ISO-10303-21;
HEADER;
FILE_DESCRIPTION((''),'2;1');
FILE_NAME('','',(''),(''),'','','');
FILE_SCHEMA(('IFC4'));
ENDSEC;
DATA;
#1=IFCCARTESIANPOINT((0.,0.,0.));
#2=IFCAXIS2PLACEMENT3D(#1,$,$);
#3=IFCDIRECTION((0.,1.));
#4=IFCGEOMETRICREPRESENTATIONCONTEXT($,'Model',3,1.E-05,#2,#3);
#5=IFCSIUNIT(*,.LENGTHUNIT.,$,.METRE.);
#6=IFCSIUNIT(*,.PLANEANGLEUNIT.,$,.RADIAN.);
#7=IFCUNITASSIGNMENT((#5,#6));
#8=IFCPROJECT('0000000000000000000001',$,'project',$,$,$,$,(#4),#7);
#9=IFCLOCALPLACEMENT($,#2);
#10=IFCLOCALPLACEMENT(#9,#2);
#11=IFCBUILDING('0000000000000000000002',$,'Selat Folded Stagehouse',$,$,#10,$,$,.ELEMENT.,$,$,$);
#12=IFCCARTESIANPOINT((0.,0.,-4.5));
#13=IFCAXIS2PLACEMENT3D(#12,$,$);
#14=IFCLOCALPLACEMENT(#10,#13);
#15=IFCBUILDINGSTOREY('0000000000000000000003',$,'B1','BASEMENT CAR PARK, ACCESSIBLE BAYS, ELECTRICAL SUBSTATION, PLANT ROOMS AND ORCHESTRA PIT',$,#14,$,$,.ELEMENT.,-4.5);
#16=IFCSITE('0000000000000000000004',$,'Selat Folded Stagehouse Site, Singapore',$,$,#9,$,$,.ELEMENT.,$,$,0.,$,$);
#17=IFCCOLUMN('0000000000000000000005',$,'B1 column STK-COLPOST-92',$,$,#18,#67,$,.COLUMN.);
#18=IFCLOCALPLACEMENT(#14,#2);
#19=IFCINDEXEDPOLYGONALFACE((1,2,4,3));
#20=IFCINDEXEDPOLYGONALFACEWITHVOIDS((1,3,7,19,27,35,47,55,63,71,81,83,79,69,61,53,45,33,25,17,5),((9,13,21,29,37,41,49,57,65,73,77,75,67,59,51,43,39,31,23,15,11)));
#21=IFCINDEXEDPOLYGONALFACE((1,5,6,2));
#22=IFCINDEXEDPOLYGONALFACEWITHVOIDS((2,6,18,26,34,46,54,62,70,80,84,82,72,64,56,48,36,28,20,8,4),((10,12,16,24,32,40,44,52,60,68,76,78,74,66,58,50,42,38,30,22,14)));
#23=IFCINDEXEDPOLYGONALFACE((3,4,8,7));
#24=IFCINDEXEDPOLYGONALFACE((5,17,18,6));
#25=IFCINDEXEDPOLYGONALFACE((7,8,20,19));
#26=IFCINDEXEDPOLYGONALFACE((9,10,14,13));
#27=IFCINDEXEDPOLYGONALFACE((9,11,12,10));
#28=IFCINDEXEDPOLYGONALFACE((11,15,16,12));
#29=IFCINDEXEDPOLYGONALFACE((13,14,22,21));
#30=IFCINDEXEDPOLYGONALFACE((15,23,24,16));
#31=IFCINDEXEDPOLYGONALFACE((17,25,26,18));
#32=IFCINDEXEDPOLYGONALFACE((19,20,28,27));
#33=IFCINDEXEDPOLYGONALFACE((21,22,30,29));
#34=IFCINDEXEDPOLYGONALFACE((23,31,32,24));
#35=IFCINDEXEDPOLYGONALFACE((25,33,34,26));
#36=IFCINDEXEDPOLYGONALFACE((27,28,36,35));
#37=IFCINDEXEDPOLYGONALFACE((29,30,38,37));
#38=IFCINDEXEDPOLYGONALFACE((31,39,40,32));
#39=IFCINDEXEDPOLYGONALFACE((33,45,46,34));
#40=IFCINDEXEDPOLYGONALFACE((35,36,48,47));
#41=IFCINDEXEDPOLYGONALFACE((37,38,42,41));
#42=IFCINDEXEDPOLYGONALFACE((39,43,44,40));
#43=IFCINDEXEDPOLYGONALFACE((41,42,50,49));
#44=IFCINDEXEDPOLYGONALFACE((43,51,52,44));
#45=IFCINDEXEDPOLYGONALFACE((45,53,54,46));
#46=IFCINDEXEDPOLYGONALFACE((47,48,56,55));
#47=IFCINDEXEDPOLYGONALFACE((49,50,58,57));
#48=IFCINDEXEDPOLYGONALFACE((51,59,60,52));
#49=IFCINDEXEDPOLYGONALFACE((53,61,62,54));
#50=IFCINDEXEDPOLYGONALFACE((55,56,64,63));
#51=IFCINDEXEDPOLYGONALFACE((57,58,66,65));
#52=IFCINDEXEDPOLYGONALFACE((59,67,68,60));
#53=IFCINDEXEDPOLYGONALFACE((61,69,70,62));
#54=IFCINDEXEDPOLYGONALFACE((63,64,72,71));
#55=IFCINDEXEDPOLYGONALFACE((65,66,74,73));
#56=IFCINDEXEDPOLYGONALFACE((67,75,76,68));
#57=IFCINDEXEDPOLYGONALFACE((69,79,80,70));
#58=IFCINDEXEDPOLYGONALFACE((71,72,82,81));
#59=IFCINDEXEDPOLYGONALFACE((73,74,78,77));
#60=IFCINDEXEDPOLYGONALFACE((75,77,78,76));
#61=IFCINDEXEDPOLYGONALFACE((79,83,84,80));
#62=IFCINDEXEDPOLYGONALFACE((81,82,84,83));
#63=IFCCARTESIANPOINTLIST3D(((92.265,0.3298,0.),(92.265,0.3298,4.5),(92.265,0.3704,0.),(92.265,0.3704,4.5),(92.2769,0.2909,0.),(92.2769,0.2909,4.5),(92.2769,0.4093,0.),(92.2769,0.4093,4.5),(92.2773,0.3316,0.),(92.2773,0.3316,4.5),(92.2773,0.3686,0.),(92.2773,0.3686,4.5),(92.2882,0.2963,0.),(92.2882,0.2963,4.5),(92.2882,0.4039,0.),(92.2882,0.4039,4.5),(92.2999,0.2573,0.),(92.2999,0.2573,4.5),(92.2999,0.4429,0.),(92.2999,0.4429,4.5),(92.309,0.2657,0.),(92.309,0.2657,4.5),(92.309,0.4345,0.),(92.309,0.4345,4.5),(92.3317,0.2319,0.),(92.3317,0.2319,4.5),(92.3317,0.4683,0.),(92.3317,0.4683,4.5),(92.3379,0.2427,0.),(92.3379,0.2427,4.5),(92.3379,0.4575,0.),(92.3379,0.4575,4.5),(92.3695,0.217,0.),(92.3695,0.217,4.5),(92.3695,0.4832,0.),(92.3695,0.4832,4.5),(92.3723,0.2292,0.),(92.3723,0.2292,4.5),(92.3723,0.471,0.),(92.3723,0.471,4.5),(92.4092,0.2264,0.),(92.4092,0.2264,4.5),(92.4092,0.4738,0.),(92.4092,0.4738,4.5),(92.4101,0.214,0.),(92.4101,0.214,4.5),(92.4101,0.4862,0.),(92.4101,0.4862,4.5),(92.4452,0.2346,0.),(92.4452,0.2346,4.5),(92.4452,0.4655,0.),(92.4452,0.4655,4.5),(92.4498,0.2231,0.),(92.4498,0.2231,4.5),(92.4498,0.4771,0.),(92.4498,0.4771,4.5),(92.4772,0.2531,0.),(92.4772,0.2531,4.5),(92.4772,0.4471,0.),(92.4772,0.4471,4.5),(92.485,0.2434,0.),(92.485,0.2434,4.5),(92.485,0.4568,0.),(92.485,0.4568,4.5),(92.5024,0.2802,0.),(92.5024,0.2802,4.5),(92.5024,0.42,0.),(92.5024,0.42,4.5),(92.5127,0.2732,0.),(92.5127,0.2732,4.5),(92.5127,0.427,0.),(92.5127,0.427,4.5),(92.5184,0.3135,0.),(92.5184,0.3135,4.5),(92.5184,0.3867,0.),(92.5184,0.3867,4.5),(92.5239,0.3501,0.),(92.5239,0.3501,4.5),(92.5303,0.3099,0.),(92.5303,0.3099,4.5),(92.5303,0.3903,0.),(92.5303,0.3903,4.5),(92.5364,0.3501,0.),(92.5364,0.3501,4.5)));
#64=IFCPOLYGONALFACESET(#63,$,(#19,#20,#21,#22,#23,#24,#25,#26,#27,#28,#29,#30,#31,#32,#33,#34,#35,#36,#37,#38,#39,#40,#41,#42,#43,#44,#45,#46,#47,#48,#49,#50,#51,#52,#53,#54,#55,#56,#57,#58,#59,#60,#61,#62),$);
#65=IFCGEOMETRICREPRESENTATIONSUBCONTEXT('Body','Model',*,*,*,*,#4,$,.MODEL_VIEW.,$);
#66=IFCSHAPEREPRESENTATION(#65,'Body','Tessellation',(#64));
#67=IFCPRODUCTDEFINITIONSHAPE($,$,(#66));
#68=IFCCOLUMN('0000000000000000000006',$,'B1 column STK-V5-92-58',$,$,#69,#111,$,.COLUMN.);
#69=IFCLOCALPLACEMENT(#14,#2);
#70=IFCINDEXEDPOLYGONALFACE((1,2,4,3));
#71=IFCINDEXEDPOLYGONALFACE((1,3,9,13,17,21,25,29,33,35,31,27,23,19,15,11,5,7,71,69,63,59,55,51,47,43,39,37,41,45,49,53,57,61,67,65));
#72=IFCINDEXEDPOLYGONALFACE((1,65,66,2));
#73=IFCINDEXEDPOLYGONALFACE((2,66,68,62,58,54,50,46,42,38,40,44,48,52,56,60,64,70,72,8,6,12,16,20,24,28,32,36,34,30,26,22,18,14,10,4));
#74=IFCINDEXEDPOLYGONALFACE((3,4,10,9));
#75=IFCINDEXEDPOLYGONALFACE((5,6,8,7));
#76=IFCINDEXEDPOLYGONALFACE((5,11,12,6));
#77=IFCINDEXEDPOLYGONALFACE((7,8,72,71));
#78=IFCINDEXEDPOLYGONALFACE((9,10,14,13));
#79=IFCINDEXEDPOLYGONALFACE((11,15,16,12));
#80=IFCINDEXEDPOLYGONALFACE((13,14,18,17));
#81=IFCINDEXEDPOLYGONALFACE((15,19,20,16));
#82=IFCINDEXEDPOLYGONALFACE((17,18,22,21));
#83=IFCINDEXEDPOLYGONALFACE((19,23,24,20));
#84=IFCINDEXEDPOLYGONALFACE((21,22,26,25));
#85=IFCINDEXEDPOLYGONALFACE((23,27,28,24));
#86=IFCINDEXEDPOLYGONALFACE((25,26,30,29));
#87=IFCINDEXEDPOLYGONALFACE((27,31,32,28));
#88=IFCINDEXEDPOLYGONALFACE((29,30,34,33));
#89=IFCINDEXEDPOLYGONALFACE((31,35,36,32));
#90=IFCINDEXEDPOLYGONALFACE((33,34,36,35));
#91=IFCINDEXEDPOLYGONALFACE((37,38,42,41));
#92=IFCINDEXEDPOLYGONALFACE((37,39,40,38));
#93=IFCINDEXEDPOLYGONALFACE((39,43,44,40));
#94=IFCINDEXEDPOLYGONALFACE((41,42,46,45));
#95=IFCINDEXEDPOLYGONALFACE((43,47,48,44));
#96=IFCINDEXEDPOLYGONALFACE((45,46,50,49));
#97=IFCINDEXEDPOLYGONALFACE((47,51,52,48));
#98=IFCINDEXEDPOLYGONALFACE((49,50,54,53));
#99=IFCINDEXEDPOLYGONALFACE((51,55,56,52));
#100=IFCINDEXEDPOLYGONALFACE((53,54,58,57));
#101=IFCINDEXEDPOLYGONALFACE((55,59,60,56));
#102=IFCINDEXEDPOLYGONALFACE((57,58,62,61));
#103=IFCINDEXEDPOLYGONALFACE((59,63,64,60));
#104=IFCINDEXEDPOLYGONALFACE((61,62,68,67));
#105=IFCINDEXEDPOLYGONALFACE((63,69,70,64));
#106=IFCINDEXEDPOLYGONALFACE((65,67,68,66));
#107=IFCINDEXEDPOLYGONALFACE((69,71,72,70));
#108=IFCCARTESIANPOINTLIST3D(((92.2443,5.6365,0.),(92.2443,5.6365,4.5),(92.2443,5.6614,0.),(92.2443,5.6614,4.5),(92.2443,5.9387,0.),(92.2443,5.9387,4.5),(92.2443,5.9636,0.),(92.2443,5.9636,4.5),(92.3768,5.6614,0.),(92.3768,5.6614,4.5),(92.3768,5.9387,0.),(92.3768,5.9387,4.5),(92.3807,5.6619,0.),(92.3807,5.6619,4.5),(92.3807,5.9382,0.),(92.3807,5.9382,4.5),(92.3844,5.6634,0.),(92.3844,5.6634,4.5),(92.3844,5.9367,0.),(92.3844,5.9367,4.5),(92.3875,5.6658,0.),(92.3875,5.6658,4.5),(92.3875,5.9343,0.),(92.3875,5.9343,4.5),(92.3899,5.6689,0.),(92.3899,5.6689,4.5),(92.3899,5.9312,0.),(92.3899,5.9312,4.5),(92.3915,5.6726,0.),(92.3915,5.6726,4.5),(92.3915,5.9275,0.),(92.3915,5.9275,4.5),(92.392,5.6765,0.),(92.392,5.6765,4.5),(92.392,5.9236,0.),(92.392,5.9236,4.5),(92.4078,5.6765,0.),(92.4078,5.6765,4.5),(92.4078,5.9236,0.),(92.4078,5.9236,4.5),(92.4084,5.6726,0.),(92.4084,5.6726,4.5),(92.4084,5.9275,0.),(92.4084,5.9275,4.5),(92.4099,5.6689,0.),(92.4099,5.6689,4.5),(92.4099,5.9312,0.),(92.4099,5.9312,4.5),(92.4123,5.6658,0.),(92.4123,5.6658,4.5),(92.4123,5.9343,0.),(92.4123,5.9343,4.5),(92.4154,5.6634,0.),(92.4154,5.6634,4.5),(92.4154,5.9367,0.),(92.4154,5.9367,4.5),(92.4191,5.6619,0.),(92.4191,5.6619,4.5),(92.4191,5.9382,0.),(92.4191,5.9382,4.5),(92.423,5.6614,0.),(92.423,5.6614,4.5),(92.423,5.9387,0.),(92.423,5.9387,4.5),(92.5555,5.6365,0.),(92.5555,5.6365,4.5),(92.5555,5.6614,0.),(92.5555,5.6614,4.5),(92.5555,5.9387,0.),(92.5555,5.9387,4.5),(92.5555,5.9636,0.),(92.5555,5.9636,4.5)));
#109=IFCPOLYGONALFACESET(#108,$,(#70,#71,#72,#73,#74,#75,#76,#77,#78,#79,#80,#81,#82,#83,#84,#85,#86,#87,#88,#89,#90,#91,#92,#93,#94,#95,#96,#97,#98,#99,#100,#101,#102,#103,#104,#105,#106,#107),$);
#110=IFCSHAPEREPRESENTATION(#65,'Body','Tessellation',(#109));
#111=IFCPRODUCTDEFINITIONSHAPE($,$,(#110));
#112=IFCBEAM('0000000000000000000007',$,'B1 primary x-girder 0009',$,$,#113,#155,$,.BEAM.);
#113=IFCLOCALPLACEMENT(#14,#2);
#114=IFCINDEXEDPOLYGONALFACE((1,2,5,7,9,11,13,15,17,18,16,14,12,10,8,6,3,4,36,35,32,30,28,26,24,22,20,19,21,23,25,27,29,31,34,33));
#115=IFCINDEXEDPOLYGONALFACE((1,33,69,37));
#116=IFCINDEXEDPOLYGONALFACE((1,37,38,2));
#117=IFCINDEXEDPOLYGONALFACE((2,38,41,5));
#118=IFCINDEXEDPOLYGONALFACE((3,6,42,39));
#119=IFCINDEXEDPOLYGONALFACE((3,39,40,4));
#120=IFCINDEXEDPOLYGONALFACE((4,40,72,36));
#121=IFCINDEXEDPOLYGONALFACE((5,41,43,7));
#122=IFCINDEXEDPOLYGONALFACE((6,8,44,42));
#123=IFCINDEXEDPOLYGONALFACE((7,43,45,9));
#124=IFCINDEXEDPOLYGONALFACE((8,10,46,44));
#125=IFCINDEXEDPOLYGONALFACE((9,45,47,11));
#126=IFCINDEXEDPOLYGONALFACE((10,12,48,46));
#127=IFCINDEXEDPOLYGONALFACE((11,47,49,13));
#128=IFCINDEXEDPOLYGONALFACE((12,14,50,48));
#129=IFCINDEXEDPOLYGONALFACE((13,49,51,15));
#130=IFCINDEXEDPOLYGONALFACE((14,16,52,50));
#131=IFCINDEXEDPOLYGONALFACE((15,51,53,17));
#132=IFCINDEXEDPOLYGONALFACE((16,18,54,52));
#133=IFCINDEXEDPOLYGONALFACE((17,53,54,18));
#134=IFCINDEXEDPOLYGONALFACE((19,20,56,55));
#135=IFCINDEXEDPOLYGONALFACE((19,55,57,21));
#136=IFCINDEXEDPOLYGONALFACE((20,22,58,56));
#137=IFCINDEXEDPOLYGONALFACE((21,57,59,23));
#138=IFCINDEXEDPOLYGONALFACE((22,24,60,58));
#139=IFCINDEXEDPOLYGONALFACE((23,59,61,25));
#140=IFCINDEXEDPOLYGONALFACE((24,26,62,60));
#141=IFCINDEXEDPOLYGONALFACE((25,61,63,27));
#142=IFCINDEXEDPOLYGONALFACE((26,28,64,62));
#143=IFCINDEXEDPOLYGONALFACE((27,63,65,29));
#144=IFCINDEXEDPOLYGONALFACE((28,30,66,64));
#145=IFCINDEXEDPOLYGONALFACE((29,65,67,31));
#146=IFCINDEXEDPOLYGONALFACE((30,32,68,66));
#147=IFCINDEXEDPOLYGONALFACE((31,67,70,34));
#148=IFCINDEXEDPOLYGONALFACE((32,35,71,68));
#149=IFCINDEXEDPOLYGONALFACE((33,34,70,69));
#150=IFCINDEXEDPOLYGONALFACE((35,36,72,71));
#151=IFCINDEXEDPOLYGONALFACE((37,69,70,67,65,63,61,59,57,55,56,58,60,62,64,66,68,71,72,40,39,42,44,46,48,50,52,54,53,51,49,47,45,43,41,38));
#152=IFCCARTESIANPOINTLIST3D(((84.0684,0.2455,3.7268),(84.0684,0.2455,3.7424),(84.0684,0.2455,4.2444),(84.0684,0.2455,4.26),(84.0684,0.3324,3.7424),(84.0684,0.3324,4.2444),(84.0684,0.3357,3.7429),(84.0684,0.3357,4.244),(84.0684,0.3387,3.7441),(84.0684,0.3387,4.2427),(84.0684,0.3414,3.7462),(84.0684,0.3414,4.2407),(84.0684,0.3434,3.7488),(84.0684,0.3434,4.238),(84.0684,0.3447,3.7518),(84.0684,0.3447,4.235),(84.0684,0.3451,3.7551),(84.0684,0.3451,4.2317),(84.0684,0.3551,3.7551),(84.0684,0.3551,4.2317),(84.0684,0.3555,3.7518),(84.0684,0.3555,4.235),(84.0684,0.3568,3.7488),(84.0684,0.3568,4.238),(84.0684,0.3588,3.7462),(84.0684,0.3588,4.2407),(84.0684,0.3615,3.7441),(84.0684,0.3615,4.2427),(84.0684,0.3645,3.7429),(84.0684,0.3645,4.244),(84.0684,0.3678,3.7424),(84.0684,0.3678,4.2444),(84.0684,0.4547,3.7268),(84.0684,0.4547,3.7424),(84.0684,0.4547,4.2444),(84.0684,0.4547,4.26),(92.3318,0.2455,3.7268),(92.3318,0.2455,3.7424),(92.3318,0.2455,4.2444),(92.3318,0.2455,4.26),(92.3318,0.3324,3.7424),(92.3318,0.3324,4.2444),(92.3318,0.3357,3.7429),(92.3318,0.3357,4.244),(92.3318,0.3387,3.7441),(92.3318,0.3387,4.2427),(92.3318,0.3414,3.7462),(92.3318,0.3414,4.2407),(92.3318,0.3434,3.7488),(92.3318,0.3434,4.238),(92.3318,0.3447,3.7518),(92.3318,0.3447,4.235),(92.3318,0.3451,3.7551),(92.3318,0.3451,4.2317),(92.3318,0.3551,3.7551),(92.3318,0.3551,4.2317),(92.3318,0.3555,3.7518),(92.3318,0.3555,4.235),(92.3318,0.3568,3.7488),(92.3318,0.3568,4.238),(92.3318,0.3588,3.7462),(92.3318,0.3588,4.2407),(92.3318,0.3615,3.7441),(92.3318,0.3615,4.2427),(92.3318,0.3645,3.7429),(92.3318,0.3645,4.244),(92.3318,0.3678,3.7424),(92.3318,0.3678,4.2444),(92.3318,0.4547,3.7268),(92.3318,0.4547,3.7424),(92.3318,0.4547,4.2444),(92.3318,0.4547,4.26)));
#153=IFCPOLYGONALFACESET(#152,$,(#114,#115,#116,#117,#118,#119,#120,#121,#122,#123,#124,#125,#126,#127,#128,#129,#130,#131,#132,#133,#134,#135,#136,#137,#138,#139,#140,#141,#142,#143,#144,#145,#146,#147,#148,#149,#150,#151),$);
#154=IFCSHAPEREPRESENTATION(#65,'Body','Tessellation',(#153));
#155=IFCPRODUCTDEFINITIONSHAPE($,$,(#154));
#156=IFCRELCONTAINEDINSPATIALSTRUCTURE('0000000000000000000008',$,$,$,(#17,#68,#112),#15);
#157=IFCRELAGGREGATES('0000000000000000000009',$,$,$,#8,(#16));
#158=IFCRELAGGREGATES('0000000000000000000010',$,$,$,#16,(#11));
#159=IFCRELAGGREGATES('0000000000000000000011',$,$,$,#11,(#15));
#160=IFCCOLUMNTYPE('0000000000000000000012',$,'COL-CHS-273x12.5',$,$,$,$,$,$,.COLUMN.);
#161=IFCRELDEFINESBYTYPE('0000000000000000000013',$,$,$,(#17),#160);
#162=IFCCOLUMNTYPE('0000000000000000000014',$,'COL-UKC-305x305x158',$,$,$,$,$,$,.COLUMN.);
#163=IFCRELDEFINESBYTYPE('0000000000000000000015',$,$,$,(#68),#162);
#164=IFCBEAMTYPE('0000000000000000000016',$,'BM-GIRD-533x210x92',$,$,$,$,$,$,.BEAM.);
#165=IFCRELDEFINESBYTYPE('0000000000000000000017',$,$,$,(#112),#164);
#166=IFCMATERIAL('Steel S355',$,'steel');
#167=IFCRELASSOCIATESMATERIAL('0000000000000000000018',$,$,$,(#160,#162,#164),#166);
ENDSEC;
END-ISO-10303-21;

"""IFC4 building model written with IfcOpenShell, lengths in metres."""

from ifc_helpers import new_model, si_unit, direction, frame, origin, origin_2d, place, context, subcontext, project, spatial, hollow_circle, i_section, extrude, material, material_profile, profile_set, type_object, element, save


model = new_model("IFC4")

# Units and contexts
model_context = context("Model", 3, precision=1e-05, world=origin(), true_north=direction((0.0, 1.0)))
body_context = subcontext(model_context, "Body", "Model", "MODEL_VIEW")
ifc_project = project(units=[si_unit("LENGTHUNIT", "METRE"), si_unit("PLANEANGLEUNIT", "RADIAN")], contexts=[model_context])

# Site, building, storey
site_placement = place(None, origin())
site = spatial("IfcSite", under=ifc_project, at=site_placement, Name="Selat Folded Stagehouse Site, Singapore", CompositionType="ELEMENT", RefElevation=0.0)
building_placement = place(site_placement, origin())
building = spatial("IfcBuilding", under=site, at=building_placement, Name="Selat Folded Stagehouse", CompositionType="ELEMENT")
storey_placement = place(building_placement, frame((0.0, 0.0, -4.5)))
storey = spatial("IfcBuildingStorey", under=building, at=storey_placement, Name="B1", Description="BASEMENT CAR PARK, ACCESSIBLE BAYS, ELECTRICAL SUBSTATION, PLANT ROOMS AND ORCHESTRA PIT", CompositionType="ELEMENT", Elevation=-4.5)

# Columns
ifc_material_1 = material(Name="Steel S355", Category="steel")
ifc_material_profile_1 = material_profile(ifc_material_1, hollow_circle(Radius=0.1365, WallThickness=0.0125, at=origin_2d()), Name="CHS 273.0x12.5")
ifc_profile_set_1 = profile_set([ifc_material_profile_1], Name="Steel S355")
column_type_1 = type_object("IfcColumnType", Name="COL-CHS-273x12.5", PredefinedType="COLUMN", material=ifc_profile_set_1)
column_1_placement = place(storey_placement, frame((92.3999, 0.3501, 0.0), z_axis=(0.0, 0.0, 1.0), x_axis=(1.0, 0.0, 0.0)))
element("IfcColumn", 1, at=column_1_placement, inside=storey, type_object=column_type_1, Name="B1 column STK-COLPOST-92", PredefinedType="COLUMN", context=body_context, shape_type="SweptSolid", body=[
    extrude(hollow_circle(Radius=0.1365, WallThickness=0.0125, at=origin_2d()), origin(), (0.0, 0.0, 1.0), 4.5),
])
ifc_material_profile_2 = material_profile(ifc_material_1, i_section(OverallWidth=0.3113, OverallDepth=0.3271, WebThickness=0.0159, FlangeThickness=0.0249, FilletRadius=0.0151, at=origin_2d()), Name="UKC 305x305x158")
ifc_profile_set_2 = profile_set([ifc_material_profile_2], Name="Steel S355")
column_type_2 = type_object("IfcColumnType", Name="COL-UKC-305x305x158", PredefinedType="COLUMN", material=ifc_profile_set_2)
column_2_placement = place(storey_placement, frame((92.3999, 5.8, 0.0), z_axis=(0.0, 0.0, 1.0), x_axis=(1.0, 0.0, 0.0)))
element("IfcColumn", 2, at=column_2_placement, inside=storey, type_object=column_type_2, Name="B1 column STK-V5-92-58", PredefinedType="COLUMN", context=body_context, shape_type="SweptSolid", body=[
    extrude(i_section(OverallWidth=0.3113, OverallDepth=0.3271, WebThickness=0.0159, FlangeThickness=0.0249, FilletRadius=0.0151, at=origin_2d()), origin(), (0.0, 0.0, 1.0), 4.5),
])

# Beam
ifc_material_profile_3 = material_profile(ifc_material_1, i_section(OverallWidth=0.2092, OverallDepth=0.5332, WebThickness=0.01, FlangeThickness=0.0156, FilletRadius=0.0127, at=origin_2d()), Name="UKB 533x210x92")
ifc_profile_set_3 = profile_set([ifc_material_profile_3], Name="Steel S355")
beam_type_1 = type_object("IfcBeamType", Name="BM-GIRD-533x210x92", PredefinedType="BEAM", material=ifc_profile_set_3)
beam_1_placement = place(storey_placement, frame((84.0684, 0.3501, 3.9934), z_axis=(1.0, 0.0, 0.0), x_axis=(0.0, 1.0, 0.0)))
element("IfcBeam", 3, at=beam_1_placement, inside=storey, type_object=beam_type_1, Name="B1 primary x-girder 0009", PredefinedType="BEAM", context=body_context, shape_type="SweptSolid", body=[
    extrude(i_section(OverallWidth=0.2092, OverallDepth=0.5332, WebThickness=0.01, FlangeThickness=0.0156, FilletRadius=0.0127, at=origin_2d()), origin(), (0.0, 0.0, 1.0), 8.2634),
])

save(model, "model.ifc")
